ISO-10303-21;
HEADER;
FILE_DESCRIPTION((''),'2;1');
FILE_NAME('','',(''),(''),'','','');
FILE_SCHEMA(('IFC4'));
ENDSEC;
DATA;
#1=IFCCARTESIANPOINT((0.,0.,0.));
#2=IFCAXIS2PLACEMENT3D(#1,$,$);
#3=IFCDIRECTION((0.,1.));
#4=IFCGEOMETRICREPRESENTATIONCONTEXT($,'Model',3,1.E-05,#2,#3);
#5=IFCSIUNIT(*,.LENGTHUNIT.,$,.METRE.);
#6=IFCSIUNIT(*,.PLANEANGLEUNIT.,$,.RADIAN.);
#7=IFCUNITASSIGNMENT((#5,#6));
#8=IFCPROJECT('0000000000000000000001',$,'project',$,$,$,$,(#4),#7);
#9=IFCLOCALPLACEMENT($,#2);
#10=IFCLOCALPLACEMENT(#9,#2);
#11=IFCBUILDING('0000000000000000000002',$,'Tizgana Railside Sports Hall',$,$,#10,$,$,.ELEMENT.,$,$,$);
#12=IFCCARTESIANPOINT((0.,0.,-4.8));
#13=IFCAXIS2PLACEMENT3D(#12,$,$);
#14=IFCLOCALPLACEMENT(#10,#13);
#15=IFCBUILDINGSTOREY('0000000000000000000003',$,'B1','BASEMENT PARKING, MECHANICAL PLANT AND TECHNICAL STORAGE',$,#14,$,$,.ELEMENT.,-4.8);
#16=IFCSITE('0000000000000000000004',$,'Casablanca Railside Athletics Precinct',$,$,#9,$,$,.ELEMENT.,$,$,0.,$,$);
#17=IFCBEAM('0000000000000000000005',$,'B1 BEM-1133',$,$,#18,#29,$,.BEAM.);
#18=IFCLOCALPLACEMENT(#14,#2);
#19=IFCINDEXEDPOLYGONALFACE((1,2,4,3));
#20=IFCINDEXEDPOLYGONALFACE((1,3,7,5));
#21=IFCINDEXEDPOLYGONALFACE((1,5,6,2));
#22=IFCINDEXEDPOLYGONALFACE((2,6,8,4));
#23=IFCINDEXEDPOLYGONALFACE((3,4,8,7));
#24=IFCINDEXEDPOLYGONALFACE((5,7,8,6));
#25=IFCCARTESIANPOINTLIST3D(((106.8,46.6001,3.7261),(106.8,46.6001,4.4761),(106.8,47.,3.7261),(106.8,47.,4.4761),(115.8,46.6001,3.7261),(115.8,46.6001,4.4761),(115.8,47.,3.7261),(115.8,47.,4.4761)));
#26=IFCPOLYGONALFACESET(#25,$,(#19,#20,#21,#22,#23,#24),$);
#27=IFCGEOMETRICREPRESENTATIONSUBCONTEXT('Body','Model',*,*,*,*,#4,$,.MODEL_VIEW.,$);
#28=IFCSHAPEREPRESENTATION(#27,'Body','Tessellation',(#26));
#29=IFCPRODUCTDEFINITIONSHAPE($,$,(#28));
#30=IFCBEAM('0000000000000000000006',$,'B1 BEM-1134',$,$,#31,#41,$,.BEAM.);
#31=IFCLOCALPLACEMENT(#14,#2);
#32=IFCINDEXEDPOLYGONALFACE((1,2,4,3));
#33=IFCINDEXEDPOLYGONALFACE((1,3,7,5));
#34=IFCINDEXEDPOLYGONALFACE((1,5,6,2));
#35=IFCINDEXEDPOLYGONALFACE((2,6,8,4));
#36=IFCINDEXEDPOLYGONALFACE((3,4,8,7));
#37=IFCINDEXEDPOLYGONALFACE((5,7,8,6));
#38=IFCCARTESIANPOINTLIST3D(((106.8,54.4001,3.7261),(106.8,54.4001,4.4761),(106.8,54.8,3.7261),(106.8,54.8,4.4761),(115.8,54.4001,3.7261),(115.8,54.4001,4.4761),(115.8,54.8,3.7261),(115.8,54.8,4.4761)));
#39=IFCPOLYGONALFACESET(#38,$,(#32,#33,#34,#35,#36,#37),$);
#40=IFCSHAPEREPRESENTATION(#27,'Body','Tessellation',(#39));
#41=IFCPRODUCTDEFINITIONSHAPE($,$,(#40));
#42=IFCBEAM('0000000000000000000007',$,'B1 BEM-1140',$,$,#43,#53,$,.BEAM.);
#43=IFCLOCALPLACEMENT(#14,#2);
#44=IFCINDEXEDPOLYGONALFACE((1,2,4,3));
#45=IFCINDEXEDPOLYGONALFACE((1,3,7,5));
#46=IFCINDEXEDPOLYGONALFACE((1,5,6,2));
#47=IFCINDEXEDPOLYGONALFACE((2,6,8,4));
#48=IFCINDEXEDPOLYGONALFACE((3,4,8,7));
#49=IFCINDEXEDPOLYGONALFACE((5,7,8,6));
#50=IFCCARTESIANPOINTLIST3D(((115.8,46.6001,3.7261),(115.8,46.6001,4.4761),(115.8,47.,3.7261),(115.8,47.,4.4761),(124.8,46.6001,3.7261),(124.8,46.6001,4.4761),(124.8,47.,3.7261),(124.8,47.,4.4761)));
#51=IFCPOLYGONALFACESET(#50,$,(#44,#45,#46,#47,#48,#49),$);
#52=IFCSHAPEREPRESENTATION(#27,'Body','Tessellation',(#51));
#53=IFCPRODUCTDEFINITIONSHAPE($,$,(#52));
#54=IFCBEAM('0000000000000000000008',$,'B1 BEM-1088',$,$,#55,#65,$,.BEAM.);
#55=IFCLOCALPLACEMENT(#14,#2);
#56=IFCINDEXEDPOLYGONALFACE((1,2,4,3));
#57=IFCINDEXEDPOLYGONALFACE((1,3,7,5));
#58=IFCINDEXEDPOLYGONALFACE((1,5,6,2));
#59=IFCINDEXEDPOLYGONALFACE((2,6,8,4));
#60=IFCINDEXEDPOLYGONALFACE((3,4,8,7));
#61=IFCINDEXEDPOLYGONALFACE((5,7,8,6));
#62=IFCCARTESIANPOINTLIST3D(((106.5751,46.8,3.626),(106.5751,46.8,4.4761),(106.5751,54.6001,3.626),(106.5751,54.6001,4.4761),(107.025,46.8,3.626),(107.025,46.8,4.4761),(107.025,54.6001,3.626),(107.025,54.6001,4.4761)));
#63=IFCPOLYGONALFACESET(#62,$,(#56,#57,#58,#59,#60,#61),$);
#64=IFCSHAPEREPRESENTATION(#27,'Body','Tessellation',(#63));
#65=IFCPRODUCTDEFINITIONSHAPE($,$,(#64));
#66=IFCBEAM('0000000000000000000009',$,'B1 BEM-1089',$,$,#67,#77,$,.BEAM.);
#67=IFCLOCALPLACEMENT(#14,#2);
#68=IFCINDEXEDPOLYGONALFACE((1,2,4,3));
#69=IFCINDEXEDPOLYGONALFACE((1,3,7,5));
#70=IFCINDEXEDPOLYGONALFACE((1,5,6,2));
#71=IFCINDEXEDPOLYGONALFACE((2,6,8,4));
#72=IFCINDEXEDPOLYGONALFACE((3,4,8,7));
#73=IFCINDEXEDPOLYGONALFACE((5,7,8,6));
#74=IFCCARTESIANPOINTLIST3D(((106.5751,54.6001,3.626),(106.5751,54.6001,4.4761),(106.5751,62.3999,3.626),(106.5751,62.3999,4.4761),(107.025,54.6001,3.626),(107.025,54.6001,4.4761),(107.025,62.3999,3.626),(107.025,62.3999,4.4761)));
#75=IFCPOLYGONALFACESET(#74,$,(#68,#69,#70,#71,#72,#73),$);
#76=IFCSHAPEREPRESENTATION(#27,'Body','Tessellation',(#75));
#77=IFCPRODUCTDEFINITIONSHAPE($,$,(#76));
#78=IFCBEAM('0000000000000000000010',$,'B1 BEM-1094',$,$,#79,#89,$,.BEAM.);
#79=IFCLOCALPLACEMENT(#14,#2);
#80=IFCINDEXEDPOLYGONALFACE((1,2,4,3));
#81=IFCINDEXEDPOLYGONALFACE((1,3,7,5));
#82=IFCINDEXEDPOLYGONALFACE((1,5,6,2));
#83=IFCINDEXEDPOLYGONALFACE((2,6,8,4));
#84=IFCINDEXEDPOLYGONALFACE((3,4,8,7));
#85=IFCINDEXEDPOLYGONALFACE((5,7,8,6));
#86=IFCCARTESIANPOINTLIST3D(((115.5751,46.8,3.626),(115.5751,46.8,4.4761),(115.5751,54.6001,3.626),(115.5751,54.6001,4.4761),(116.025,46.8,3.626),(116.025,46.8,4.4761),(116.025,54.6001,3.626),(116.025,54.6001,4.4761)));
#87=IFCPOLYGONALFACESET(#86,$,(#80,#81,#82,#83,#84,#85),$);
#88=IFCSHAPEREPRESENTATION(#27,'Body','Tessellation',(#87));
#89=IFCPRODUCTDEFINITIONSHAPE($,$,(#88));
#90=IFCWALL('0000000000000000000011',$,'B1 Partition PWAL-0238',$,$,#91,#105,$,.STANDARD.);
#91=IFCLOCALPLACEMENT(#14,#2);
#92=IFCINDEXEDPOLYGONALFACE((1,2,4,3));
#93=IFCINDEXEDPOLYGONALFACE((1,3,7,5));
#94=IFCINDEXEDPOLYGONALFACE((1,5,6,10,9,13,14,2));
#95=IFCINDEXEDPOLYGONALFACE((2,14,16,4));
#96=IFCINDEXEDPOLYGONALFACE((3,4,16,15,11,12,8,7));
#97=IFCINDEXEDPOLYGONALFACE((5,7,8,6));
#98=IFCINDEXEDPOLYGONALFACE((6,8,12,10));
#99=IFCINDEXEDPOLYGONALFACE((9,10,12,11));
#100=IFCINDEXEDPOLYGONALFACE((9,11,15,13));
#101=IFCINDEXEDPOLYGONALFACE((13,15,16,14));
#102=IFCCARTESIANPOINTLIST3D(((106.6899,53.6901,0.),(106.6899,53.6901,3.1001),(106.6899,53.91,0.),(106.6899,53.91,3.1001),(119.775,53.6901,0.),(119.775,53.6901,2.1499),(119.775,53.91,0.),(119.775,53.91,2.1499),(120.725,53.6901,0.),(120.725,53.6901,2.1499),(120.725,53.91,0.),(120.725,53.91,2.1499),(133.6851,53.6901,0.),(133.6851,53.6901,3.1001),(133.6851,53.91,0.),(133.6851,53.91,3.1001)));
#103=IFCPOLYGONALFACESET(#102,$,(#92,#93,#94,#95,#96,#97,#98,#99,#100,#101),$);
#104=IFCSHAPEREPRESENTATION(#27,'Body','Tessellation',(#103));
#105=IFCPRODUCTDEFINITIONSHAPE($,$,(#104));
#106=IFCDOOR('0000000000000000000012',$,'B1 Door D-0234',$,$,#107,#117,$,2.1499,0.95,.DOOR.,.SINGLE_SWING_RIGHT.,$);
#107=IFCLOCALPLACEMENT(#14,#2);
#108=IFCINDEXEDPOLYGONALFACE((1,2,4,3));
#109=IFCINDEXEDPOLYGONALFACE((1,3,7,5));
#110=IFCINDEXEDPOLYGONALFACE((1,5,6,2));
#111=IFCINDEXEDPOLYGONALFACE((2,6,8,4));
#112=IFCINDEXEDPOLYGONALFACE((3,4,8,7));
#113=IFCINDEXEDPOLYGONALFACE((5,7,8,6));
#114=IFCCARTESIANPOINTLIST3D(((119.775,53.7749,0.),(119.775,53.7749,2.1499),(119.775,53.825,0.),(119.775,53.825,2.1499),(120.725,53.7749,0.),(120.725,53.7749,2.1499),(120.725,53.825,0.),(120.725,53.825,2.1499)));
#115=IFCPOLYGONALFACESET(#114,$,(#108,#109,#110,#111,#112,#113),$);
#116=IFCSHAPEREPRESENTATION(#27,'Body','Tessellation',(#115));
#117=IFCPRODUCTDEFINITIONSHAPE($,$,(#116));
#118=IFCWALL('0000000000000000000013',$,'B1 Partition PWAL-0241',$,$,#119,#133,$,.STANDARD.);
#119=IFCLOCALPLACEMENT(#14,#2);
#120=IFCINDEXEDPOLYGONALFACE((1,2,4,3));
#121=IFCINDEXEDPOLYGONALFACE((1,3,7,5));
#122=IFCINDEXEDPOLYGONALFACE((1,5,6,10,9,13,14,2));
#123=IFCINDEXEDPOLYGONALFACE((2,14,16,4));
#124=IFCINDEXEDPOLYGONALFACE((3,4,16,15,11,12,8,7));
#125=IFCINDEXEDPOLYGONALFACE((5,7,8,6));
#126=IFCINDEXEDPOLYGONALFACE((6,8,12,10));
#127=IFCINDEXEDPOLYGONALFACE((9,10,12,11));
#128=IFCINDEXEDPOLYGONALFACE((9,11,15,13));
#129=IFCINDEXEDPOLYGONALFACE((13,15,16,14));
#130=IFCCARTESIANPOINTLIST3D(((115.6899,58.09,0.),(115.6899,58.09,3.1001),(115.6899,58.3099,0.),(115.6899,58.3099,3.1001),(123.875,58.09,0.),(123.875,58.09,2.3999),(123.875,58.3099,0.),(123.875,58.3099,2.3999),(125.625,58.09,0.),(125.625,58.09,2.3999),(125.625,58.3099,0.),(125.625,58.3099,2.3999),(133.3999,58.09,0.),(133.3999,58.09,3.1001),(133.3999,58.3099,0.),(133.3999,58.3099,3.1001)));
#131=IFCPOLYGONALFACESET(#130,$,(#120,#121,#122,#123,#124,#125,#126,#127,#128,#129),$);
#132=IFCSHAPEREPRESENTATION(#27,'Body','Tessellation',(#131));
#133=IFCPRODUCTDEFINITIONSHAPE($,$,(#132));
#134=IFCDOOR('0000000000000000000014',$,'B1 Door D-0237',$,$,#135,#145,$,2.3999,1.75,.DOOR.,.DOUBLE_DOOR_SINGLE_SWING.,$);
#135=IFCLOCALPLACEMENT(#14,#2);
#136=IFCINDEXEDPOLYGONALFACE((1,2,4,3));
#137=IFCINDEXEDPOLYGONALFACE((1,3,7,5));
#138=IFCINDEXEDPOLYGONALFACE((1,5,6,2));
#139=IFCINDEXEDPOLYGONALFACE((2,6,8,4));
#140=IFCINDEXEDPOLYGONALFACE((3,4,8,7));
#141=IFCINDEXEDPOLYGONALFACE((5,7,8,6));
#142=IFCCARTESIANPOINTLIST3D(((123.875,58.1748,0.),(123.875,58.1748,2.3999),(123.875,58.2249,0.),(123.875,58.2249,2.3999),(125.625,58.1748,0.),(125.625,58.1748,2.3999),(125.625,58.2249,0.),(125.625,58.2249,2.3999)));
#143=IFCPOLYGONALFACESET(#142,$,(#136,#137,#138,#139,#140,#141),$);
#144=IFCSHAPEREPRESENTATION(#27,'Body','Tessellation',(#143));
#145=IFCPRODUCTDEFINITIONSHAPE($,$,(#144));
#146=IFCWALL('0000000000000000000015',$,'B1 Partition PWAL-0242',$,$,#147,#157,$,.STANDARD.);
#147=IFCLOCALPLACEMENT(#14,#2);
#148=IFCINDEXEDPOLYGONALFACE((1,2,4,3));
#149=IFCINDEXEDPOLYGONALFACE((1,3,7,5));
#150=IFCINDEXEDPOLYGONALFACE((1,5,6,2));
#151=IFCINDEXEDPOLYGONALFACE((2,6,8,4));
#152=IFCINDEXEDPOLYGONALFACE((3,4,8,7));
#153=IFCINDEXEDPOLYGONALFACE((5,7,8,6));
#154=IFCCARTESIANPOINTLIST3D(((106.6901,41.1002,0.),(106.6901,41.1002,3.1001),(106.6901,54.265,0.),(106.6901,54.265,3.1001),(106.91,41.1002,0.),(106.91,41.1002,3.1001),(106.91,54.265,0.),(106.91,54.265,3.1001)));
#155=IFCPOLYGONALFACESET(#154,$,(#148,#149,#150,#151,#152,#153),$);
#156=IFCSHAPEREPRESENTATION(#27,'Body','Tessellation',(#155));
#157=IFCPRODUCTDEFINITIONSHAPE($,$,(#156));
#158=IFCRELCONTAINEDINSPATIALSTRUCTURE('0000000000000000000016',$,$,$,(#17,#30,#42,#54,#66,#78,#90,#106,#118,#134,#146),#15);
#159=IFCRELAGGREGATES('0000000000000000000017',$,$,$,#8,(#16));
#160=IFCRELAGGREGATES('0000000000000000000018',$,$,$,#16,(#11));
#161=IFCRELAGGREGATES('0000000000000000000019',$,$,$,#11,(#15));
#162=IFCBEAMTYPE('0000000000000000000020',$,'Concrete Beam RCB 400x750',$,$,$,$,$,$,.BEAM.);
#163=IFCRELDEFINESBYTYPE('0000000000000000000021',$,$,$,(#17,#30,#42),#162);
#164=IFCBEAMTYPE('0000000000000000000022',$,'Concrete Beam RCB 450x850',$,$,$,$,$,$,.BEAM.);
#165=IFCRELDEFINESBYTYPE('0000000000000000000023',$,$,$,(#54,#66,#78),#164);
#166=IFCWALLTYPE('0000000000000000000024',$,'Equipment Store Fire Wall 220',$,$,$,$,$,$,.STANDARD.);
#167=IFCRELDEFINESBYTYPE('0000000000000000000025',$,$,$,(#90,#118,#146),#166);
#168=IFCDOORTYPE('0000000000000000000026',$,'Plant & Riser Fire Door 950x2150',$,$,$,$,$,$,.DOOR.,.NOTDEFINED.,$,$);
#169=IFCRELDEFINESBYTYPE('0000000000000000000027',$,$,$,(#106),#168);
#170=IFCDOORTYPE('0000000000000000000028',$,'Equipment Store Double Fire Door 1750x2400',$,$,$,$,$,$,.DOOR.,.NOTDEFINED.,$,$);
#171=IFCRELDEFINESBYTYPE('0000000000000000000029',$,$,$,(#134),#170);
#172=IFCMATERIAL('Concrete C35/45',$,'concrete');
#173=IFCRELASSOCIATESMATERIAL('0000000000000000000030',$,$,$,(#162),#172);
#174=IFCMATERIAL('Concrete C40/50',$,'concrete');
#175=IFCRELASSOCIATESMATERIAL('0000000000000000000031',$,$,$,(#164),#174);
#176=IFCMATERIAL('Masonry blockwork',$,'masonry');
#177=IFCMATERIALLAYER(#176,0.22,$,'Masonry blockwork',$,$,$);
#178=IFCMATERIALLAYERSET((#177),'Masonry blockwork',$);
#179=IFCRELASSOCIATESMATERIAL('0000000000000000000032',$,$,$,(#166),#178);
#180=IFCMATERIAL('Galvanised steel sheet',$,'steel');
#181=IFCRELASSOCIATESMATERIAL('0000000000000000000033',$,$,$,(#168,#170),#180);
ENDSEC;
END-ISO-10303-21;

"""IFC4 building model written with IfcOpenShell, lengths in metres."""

from ifc_helpers import new_model, si_unit, direction, frame, frame_2d, origin, origin_2d, place, context, subcontext, project, spatial, rectangle, extrude, material, layer, layer_set, material_profile, profile_set, type_object, element, fill, save


model = new_model("IFC4")

# Units and contexts
model_context = context("Model", 3, precision=1e-05, world=origin(), true_north=direction((0.0, 1.0)))
body_context = subcontext(model_context, "Body", "Model", "MODEL_VIEW")
ifc_project = project(units=[si_unit("LENGTHUNIT", "METRE"), si_unit("PLANEANGLEUNIT", "RADIAN")], contexts=[model_context])

# Site, building, storey
site_placement = place(None, origin())
site = spatial("IfcSite", under=ifc_project, at=site_placement, Name="Casablanca Railside Athletics Precinct", CompositionType="ELEMENT", RefElevation=0.0)
building_placement = place(site_placement, origin())
building = spatial("IfcBuilding", under=site, at=building_placement, Name="Tizgana Railside Sports Hall", CompositionType="ELEMENT")
storey_placement = place(building_placement, frame((0.0, 0.0, -4.8)))
storey = spatial("IfcBuildingStorey", under=building, at=storey_placement, Name="B1", Description="BASEMENT PARKING, MECHANICAL PLANT AND TECHNICAL STORAGE", CompositionType="ELEMENT", Elevation=-4.8)

# Shared definitions
ifc_material_1 = material(Name="Concrete C35/45", Category="concrete")

# Shared definitions
ifc_material_2 = material(Name="Concrete C40/50", Category="concrete")

# Beams
ifc_material_profile_1 = material_profile(ifc_material_1, rectangle(XDim=0.3999, YDim=0.75, at=origin_2d()), Name="RCB 400x750")
ifc_profile_set_1 = profile_set([ifc_material_profile_1], Name="Concrete C35/45")
beam_type_1 = type_object("IfcBeamType", Name="Concrete Beam RCB 400x750", PredefinedType="BEAM", material=ifc_profile_set_1)
for number, where, z_axis, x_axis, name in (
    (1, (106.8, 46.8, 4.1011), (1.0, 0.0, 0.0), (0.0, 1.0, 0.0), "B1 BEM-1133"),
    (2, (106.8, 54.6001, 4.1011), (1.0, 0.0, 0.0), (0.0, 1.0, 0.0), "B1 BEM-1134"),
    (3, (115.8, 46.8, 4.1011), (1.0, 0.0, 0.0), (0.0, 1.0, 0.0), "B1 BEM-1140"),
):
    element("IfcBeam", number, at=place(storey_placement, frame(where, z_axis=z_axis, x_axis=x_axis)), inside=storey, type_object=beam_type_1, Name=name, PredefinedType="BEAM", context=body_context, shape_type="SweptSolid", body=[
        extrude(rectangle(XDim=0.3999, YDim=0.75, at=origin_2d()), origin(), (0.0, 0.0, 1.0), 9.0),
    ])
ifc_material_profile_2 = material_profile(ifc_material_2, rectangle(XDim=0.45, YDim=0.8501, at=origin_2d()), Name="RCB 450x850")
ifc_profile_set_2 = profile_set([ifc_material_profile_2], Name="Concrete C40/50")
beam_type_2 = type_object("IfcBeamType", Name="Concrete Beam RCB 450x850", PredefinedType="BEAM", material=ifc_profile_set_2)
beam_1_placement = place(storey_placement, frame((106.8, 46.8, 4.051), z_axis=(0.0, 1.0, 0.0), x_axis=(-1.0, 0.0, 0.0)))
element("IfcBeam", 4, at=beam_1_placement, inside=storey, type_object=beam_type_2, Name="B1 BEM-1088", PredefinedType="BEAM", context=body_context, shape_type="SweptSolid", body=[
    extrude(rectangle(XDim=0.45, YDim=0.8501, at=origin_2d()), origin(), (0.0, 0.0, 1.0), 7.8),
])
beam_2_placement = place(storey_placement, frame((106.8, 54.6001, 4.051), z_axis=(0.0, 1.0, 0.0), x_axis=(-1.0, 0.0, 0.0)))
element("IfcBeam", 5, at=beam_2_placement, inside=storey, type_object=beam_type_2, Name="B1 BEM-1089", PredefinedType="BEAM", context=body_context, shape_type="SweptSolid", body=[
    extrude(rectangle(XDim=0.45, YDim=0.8501, at=origin_2d()), origin(), (0.0, 0.0, 1.0), 7.7998),
])
beam_3_placement = place(storey_placement, frame((115.8, 46.8, 4.051), z_axis=(0.0, 1.0, 0.0), x_axis=(-1.0, 0.0, 0.0)))
element("IfcBeam", 6, at=beam_3_placement, inside=storey, type_object=beam_type_2, Name="B1 BEM-1094", PredefinedType="BEAM", context=body_context, shape_type="SweptSolid", body=[
    extrude(rectangle(XDim=0.45, YDim=0.8501, at=origin_2d()), origin(), (0.0, 0.0, 1.0), 7.8),
])

# Walls, openings, doors
ifc_material_3 = material(Name="Masonry blockwork", Category="masonry")
ifc_layer = layer(ifc_material_3, 0.22, Name="Masonry blockwork")
ifc_layer_set = layer_set([ifc_layer], Name="Masonry blockwork")
wall_type = type_object("IfcWallType", Name="Equipment Store Fire Wall 220", PredefinedType="STANDARD", material=ifc_layer_set)
wall_1_placement = place(storey_placement, frame((106.6899, 53.8, 0.0), z_axis=(0.0, 0.0, 1.0), x_axis=(1.0, 0.0, 0.0)))
wall_1 = element("IfcWall", 7, at=wall_1_placement, inside=storey, type_object=wall_type, Name="B1 Partition PWAL-0238", PredefinedType="STANDARD", context=body_context, shape_type="SweptSolid", body=[
    extrude(rectangle(XDim=26.9951, YDim=0.22, at=frame_2d((13.4976, 0.0))), origin(), (0.0, 0.0, 1.0), 3.1001),
])
opening_1_placement = place(wall_1_placement, frame((13.085, 0.0, 0.0)))
opening_1 = element("IfcOpeningElement", 8, at=opening_1_placement, cuts=wall_1, PredefinedType="OPENING", context=body_context, shape_type="SweptSolid", body=[
    extrude(rectangle(XDim=0.95, YDim=2.1499, at=frame_2d((0.4751, 1.075))), frame((0.0, 0.1199, 0.0), z_axis=(0.0, -1.0, 0.0), x_axis=(1.0, 0.0, 0.0)), (0.0, 0.0, 1.0), 0.24),
])
ifc_material_4 = material(Name="Galvanised steel sheet", Category="steel")
door_type_1 = type_object("IfcDoorType", Name="Plant & Riser Fire Door 950x2150", OperationType="NOTDEFINED", PredefinedType="DOOR", material=ifc_material_4)
door_1_placement = place(opening_1_placement, origin())
door_1 = element("IfcDoor", 9, at=door_1_placement, inside=storey, type_object=door_type_1, Name="B1 Door D-0234", OperationType="SINGLE_SWING_RIGHT", OverallHeight=2.1499, OverallWidth=0.95, PredefinedType="DOOR", context=body_context, shape_type="SweptSolid", body=[
    extrude(rectangle(XDim=0.95, YDim=2.1499, at=frame_2d((0.4751, 1.075))), frame((0.0, 0.0249, 0.0), z_axis=(0.0, -1.0, 0.0), x_axis=(1.0, 0.0, 0.0)), (0.0, 0.0, 1.0), 0.05),
])
fill(opening_1, door_1)
wall_2_placement = place(storey_placement, frame((115.6899, 58.2, 0.0), z_axis=(0.0, 0.0, 1.0), x_axis=(1.0, 0.0, 0.0)))
wall_2 = element("IfcWall", 10, at=wall_2_placement, inside=storey, type_object=wall_type, Name="B1 Partition PWAL-0241", PredefinedType="STANDARD", context=body_context, shape_type="SweptSolid", body=[
    extrude(rectangle(XDim=17.71, YDim=0.22, at=frame_2d((8.855, 0.0))), origin(), (0.0, 0.0, 1.0), 3.1001),
])
opening_2_placement = place(wall_2_placement, frame((8.1851, 0.0, 0.0)))
opening_2 = element("IfcOpeningElement", 11, at=opening_2_placement, cuts=wall_2, PredefinedType="OPENING", context=body_context, shape_type="SweptSolid", body=[
    extrude(rectangle(XDim=1.75, YDim=2.3999, at=frame_2d((0.875, 1.2))), frame((0.0, 0.1199, 0.0), z_axis=(0.0, -1.0, 0.0), x_axis=(1.0, 0.0, 0.0)), (0.0, 0.0, 1.0), 0.24),
])
door_type_2 = type_object("IfcDoorType", Name="Equipment Store Double Fire Door 1750x2400", OperationType="NOTDEFINED", PredefinedType="DOOR", material=ifc_material_4)
door_2_placement = place(opening_2_placement, origin())
door_2 = element("IfcDoor", 12, at=door_2_placement, inside=storey, type_object=door_type_2, Name="B1 Door D-0237", OperationType="DOUBLE_DOOR_SINGLE_SWING", OverallHeight=2.3999, OverallWidth=1.75, PredefinedType="DOOR", context=body_context, shape_type="SweptSolid", body=[
    extrude(rectangle(XDim=1.75, YDim=2.3999, at=frame_2d((0.875, 1.2))), frame((0.0, 0.0249, 0.0), z_axis=(0.0, -1.0, 0.0), x_axis=(1.0, 0.0, 0.0)), (0.0, 0.0, 1.0), 0.05),
])
fill(opening_2, door_2)

# Wall
wall_3_placement = place(storey_placement, frame((106.8, 41.1001, 0.0), z_axis=(0.0, 0.0, 1.0), x_axis=(0.0, 1.0, 0.0)))
element("IfcWall", 13, at=wall_3_placement, inside=storey, type_object=wall_type, Name="B1 Partition PWAL-0242", PredefinedType="STANDARD", context=body_context, shape_type="SweptSolid", body=[
    extrude(rectangle(XDim=13.1648, YDim=0.22, at=frame_2d((6.5825, 0.0))), origin(), (0.0, 0.0, 1.0), 3.1001),
])

save(model, "model.ifc")
